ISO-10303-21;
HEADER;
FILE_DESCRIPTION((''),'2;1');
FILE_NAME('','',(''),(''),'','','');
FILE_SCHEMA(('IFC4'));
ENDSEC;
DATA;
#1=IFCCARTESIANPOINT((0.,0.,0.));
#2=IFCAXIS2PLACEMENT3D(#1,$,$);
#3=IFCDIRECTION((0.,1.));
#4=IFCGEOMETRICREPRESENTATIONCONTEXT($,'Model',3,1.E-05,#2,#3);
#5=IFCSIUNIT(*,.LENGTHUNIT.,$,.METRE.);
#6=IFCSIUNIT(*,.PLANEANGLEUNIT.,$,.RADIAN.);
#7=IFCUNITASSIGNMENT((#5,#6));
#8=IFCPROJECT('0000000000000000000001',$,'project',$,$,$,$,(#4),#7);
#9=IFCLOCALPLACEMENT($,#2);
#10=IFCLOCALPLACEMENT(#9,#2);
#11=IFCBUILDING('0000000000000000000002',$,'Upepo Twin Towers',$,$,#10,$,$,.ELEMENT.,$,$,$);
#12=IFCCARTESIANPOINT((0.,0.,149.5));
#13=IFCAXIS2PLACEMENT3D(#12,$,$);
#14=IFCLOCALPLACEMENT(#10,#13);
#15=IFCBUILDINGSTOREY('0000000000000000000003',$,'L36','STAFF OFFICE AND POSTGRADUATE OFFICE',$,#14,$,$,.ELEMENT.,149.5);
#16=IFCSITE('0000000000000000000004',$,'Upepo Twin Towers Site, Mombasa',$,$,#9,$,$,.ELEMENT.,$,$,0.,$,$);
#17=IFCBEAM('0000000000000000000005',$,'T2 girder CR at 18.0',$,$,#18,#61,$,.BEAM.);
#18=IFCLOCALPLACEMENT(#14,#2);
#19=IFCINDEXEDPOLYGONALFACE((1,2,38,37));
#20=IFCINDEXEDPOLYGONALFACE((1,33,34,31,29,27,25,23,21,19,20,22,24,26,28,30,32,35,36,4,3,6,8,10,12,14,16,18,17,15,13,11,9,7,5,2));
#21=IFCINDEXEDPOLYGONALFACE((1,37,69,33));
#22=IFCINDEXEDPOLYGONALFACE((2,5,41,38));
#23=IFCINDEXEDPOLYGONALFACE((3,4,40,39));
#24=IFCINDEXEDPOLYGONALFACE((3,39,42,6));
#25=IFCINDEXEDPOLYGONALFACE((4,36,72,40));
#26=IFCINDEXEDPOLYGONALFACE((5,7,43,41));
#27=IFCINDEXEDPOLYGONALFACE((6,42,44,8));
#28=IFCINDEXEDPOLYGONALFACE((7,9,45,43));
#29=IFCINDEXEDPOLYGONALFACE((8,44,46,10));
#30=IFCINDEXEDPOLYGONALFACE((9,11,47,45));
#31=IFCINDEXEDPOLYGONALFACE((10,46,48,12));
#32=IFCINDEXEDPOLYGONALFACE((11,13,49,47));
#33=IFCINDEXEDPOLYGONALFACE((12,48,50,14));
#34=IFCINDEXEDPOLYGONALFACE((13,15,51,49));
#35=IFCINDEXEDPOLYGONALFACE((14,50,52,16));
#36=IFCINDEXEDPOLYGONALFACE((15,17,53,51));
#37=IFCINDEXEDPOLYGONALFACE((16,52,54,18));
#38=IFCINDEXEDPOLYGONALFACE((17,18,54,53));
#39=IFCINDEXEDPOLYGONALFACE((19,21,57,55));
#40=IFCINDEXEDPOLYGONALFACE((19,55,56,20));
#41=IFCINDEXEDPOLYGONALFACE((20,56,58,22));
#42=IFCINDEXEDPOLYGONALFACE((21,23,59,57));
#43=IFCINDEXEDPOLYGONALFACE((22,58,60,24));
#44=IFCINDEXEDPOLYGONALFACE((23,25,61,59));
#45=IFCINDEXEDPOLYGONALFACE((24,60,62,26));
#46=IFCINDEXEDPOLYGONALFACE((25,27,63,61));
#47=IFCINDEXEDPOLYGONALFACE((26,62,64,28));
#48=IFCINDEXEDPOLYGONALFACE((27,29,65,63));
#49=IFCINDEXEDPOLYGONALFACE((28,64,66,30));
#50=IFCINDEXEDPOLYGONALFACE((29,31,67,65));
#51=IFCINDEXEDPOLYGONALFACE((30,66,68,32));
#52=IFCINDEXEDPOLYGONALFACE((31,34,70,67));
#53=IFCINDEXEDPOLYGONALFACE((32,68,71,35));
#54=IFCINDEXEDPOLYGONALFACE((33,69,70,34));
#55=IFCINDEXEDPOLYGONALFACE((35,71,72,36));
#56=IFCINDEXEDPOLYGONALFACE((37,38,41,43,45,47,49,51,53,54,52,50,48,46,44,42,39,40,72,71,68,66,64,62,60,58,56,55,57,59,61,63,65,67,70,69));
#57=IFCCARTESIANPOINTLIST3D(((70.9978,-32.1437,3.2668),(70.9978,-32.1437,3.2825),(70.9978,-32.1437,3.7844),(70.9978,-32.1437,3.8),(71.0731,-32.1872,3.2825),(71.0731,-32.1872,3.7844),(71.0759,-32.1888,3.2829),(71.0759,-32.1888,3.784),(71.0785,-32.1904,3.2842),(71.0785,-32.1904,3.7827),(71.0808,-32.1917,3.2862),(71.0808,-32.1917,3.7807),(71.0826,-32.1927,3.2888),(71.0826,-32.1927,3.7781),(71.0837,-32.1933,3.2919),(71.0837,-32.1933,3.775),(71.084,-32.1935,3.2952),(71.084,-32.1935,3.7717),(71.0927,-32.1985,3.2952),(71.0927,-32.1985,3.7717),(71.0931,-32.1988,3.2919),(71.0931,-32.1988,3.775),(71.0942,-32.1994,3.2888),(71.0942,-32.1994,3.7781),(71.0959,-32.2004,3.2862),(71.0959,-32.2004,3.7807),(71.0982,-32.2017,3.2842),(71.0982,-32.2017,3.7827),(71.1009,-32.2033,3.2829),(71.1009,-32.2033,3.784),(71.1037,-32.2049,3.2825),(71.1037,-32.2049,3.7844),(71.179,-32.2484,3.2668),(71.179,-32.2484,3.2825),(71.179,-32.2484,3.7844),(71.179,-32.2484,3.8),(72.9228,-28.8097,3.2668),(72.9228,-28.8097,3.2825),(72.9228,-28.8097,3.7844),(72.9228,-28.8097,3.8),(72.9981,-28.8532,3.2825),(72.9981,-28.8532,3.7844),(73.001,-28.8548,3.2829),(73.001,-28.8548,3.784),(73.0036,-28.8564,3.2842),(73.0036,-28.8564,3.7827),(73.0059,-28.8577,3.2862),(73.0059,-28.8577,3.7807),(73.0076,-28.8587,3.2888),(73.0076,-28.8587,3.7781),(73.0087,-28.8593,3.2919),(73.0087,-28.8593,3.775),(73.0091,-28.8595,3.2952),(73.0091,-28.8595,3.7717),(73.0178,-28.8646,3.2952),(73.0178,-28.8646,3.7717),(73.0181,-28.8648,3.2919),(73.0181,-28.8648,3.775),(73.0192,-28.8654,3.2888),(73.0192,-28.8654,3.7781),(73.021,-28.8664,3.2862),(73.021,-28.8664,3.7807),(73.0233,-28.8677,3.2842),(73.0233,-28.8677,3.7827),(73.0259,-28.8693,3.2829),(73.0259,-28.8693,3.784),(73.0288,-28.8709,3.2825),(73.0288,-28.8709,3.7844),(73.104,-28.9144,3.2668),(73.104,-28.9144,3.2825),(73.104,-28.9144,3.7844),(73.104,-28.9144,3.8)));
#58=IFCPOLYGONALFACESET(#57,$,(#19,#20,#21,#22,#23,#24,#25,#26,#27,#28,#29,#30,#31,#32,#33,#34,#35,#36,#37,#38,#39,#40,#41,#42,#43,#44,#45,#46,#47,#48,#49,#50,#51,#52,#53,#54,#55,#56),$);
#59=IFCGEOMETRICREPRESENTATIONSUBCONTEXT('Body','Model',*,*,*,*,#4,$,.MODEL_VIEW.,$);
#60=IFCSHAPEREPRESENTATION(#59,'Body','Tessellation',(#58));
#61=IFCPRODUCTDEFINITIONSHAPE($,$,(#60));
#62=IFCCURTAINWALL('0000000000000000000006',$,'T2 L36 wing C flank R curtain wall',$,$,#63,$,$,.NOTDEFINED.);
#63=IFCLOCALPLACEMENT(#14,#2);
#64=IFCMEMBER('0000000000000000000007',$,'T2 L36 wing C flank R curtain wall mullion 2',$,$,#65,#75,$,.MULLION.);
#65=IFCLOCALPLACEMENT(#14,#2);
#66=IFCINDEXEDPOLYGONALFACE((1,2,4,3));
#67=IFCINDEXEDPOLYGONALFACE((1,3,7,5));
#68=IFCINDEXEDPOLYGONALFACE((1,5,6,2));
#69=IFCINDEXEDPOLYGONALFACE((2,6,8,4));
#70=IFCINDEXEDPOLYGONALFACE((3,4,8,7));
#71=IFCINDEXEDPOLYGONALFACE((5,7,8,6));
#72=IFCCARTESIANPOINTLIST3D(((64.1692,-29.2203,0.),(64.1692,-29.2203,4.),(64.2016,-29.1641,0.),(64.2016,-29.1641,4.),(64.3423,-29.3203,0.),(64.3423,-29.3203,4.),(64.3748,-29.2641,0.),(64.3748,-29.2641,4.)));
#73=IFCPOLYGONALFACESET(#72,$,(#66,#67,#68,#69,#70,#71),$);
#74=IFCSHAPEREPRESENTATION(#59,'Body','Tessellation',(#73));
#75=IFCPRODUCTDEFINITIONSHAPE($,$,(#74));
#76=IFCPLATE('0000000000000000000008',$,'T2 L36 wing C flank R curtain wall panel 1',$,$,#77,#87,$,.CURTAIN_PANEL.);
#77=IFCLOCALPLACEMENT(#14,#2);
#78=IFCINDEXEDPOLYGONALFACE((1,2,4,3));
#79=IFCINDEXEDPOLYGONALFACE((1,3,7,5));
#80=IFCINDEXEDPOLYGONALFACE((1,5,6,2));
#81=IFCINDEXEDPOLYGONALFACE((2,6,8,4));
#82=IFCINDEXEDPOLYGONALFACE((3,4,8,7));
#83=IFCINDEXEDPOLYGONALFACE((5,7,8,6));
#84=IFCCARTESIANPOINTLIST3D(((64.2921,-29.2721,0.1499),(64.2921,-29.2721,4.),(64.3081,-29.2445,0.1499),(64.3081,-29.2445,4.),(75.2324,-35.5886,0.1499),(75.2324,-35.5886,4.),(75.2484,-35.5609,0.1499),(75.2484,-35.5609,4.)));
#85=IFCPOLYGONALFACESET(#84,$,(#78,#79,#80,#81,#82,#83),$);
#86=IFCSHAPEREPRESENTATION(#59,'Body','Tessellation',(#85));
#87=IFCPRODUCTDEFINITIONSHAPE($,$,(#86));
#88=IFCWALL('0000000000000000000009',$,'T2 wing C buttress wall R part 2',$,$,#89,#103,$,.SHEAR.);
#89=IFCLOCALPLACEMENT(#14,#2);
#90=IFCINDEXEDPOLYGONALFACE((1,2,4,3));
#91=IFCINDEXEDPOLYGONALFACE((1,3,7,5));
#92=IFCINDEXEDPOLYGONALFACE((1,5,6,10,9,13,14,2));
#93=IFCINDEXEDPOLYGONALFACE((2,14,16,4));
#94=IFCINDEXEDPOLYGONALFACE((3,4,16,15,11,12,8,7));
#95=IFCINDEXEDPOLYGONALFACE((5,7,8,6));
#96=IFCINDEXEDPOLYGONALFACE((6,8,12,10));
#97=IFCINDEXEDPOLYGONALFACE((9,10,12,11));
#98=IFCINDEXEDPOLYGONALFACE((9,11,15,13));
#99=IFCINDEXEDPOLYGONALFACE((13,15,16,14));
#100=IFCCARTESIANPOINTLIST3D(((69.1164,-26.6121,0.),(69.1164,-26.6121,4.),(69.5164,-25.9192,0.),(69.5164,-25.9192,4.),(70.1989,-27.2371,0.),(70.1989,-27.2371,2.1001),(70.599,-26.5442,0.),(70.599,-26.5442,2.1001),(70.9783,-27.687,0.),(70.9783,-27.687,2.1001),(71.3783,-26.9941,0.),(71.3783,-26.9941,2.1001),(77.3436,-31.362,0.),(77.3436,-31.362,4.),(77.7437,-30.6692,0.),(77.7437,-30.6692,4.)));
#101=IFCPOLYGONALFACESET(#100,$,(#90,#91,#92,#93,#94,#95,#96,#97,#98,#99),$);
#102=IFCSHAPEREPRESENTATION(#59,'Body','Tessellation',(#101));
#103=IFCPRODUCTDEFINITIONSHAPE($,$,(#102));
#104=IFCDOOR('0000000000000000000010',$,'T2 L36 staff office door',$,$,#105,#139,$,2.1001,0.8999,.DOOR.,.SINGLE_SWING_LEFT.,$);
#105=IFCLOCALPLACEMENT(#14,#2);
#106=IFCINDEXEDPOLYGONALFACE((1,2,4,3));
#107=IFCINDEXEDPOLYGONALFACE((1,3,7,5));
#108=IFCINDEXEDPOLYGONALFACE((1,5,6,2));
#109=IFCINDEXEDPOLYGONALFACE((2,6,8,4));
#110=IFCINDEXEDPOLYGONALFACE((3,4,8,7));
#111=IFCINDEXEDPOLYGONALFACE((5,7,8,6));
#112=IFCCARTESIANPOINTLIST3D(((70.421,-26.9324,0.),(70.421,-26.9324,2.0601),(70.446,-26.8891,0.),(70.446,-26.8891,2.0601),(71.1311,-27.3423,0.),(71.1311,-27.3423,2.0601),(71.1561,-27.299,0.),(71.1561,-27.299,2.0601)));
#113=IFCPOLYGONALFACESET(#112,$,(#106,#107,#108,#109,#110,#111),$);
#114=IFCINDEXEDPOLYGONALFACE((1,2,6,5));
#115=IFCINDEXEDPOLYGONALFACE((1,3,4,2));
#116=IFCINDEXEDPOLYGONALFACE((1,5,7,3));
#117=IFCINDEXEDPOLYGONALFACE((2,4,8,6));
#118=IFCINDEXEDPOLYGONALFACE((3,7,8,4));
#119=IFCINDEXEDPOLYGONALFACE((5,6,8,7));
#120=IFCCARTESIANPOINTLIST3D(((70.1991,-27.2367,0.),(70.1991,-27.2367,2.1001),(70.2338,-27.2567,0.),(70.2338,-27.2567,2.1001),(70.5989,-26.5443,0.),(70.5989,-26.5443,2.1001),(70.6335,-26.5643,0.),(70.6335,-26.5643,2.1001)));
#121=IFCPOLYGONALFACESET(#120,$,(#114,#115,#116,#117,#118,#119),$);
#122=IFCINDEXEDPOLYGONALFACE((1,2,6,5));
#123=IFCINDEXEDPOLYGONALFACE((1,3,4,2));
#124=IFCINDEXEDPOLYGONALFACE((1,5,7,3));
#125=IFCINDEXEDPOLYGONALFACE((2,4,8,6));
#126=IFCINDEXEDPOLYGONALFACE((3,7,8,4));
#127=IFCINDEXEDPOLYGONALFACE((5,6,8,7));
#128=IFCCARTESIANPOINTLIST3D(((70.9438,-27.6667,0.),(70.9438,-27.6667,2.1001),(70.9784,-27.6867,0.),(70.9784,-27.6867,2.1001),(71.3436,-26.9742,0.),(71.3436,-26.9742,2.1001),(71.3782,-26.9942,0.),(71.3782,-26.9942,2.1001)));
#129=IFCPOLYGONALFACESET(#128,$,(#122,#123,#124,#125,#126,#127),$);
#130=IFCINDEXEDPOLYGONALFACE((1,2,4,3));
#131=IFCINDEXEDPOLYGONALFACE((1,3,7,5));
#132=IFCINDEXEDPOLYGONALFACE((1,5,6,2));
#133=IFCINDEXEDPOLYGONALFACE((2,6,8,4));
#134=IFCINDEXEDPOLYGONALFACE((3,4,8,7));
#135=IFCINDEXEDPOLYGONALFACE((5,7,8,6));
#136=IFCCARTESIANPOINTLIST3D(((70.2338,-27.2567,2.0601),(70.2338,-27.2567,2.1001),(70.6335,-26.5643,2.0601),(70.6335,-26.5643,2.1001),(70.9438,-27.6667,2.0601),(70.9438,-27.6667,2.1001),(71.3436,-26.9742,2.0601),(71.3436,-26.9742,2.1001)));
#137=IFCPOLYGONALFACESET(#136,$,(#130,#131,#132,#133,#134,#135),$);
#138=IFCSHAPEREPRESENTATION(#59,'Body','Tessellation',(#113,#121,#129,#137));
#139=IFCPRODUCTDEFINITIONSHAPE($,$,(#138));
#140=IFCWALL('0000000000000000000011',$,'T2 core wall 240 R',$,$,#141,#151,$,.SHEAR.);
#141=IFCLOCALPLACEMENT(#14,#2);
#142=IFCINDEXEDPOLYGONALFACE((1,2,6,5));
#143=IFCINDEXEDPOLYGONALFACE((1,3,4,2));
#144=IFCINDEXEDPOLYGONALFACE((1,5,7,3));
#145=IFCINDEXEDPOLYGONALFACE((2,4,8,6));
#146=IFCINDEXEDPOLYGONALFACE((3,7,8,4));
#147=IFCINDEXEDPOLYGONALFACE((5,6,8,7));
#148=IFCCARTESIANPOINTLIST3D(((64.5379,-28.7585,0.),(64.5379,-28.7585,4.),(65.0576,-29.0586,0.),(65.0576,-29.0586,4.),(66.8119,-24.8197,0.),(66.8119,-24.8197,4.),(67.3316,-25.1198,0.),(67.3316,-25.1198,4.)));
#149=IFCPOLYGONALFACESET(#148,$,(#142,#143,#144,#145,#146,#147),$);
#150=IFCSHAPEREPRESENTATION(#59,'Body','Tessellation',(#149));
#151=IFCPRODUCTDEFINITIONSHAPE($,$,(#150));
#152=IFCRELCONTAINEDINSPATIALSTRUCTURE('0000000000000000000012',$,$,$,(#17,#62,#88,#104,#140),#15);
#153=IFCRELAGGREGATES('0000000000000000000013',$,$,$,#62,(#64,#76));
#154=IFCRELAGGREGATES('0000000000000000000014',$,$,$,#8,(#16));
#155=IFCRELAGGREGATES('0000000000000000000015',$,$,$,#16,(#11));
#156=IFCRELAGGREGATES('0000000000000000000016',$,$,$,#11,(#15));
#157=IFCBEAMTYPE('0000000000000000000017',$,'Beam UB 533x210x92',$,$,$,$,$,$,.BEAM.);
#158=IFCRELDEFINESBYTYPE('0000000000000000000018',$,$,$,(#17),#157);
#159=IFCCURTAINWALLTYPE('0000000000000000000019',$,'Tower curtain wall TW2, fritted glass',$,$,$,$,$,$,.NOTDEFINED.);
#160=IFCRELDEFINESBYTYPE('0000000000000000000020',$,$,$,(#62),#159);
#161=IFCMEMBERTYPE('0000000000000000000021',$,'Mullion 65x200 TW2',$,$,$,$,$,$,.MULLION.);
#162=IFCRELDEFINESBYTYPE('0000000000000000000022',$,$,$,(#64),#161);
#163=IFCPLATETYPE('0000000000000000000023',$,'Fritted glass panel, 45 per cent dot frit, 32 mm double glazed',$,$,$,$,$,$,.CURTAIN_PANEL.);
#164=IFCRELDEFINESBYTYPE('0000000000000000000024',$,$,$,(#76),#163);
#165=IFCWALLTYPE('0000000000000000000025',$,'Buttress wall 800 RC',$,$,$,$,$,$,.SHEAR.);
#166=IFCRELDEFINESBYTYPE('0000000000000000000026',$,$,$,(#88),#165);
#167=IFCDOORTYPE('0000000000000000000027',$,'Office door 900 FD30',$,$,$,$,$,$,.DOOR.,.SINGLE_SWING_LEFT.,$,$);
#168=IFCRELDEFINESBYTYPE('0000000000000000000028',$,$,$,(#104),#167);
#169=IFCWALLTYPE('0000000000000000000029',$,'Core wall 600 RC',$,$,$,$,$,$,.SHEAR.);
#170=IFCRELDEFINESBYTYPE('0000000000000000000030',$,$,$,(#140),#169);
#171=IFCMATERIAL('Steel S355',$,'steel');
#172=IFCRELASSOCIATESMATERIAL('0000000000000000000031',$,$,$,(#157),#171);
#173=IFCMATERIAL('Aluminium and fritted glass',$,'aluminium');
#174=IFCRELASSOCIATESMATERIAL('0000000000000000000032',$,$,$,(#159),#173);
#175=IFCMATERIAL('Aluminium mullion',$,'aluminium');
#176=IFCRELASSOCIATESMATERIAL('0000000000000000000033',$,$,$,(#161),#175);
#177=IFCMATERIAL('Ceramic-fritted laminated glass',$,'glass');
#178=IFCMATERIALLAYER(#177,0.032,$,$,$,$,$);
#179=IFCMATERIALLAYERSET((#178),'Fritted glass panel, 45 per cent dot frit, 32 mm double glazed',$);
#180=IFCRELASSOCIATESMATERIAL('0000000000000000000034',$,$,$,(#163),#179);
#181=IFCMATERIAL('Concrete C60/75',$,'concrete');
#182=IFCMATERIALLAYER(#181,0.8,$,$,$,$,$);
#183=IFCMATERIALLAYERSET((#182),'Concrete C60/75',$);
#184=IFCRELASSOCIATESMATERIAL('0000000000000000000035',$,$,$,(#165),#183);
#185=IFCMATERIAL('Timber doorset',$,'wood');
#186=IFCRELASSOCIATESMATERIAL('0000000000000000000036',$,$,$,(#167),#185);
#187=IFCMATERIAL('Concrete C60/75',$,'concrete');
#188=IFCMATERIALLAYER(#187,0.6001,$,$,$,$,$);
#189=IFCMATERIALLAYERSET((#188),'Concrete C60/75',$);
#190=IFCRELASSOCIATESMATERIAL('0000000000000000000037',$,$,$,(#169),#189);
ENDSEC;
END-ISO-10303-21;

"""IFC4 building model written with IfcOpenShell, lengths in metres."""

from ifc_helpers import new_model, si_unit, direction, frame, frame_2d, origin, origin_2d, place, context, subcontext, project, spatial, rectangle, i_section, extrude, material, layer, layer_set, material_profile, profile_set, type_object, element, fill, aggregate, save


model = new_model("IFC4")

# Units and contexts
model_context = context("Model", 3, precision=1e-05, world=origin(), true_north=direction((0.0, 1.0)))
body_context = subcontext(model_context, "Body", "Model", "MODEL_VIEW")
ifc_project = project(units=[si_unit("LENGTHUNIT", "METRE"), si_unit("PLANEANGLEUNIT", "RADIAN")], contexts=[model_context])

# Site, building, storey
site_placement = place(None, origin())
site = spatial("IfcSite", under=ifc_project, at=site_placement, Name="Upepo Twin Towers Site, Mombasa", CompositionType="ELEMENT", RefElevation=0.0)
building_placement = place(site_placement, origin())
building = spatial("IfcBuilding", under=site, at=building_placement, Name="Upepo Twin Towers", CompositionType="ELEMENT")
storey_placement = place(building_placement, frame((0.0, 0.0, 149.5)))
storey = spatial("IfcBuildingStorey", under=building, at=storey_placement, Name="L36", Description="STAFF OFFICE AND POSTGRADUATE OFFICE", CompositionType="ELEMENT", Elevation=149.5)

# Beam
ifc_material_1 = material(Name="Steel S355", Category="steel")
ifc_material_profile_1 = material_profile(ifc_material_1, i_section(OverallWidth=0.2092, OverallDepth=0.5332, WebThickness=0.01, FlangeThickness=0.0156, FilletRadius=0.0127, at=origin_2d()), Name="UB 533x210x92")
ifc_profile_set_1 = profile_set([ifc_material_profile_1], Name="Steel S355")
beam_type_1 = type_object("IfcBeamType", Name="Beam UB 533x210x92", PredefinedType="BEAM", material=ifc_profile_set_1)
for number, where, z_axis, x_axis, name in (
    (1, (71.0884, -32.196, 3.5334), (0.500034, 0.866006, 0.0), (-0.866006, 0.500034, 0.0), "T2 girder CR at 18.0"),
):
    element("IfcBeam", number, at=place(storey_placement, frame(where, z_axis=z_axis, x_axis=x_axis)), inside=storey, type_object=beam_type_1, Name=name, PredefinedType="BEAM", context=body_context, shape_type="SweptSolid", body=[
        extrude(i_section(OverallWidth=0.2092, OverallDepth=0.5332, WebThickness=0.01, FlangeThickness=0.0156, FilletRadius=0.0127, at=origin_2d()), origin(), (0.0, 0.0, 1.0), 3.8499),
    ])

# Curtain wall, member, plate
ifc_material_2 = material(Name="Aluminium and fritted glass", Category="aluminium")
curtain_wall_type = type_object("IfcCurtainWallType", Name="Tower curtain wall TW2, fritted glass", PredefinedType="NOTDEFINED", material=ifc_material_2)
curtain_wall_placement = place(storey_placement, origin())
curtain_wall = element("IfcCurtainWall", 2, at=curtain_wall_placement, inside=storey, type_object=curtain_wall_type, Name="T2 L36 wing C flank R curtain wall", PredefinedType="NOTDEFINED")
ifc_material_3 = material(Name="Aluminium mullion", Category="aluminium")
ifc_material_profile_2 = material_profile(ifc_material_3, rectangle(XDim=0.0649, YDim=0.2, at=origin_2d()), Name="MULLION 65x200")
ifc_profile_set_2 = profile_set([ifc_material_profile_2], Name="Aluminium mullion")
member_type = type_object("IfcMemberType", Name="Mullion 65x200 TW2", PredefinedType="MULLION", material=ifc_profile_set_2)
member_placement = place(storey_placement, frame((64.272, -29.2422, 0.0), z_axis=(0.0, 0.0, 1.0), x_axis=(-0.5, -0.866025, 0.0)))
member = element("IfcMember", 3, at=member_placement, type_object=member_type, Name="T2 L36 wing C flank R curtain wall mullion 2", PredefinedType="MULLION", context=body_context, shape_type="SweptSolid", body=[
    extrude(rectangle(XDim=0.0649, YDim=0.2, at=origin_2d()), origin(), (0.0, 0.0, 1.0), 4.0),
])
ifc_material_4 = material(Name="Ceramic-fritted laminated glass", Category="glass")
ifc_layer_1 = layer(ifc_material_4, 0.032)
ifc_layer_set_1 = layer_set([ifc_layer_1], Name="Fritted glass panel, 45 per cent dot frit, 32 mm double glazed")
plate_type = type_object("IfcPlateType", Name="Fritted glass panel, 45 per cent dot frit, 32 mm double glazed", PredefinedType="CURTAIN_PANEL", material=ifc_layer_set_1)
plate_placement = place(storey_placement, frame((69.7703, -32.4165, 0.1499), z_axis=(0.0, 0.0, 1.0), x_axis=(-0.866025, 0.5, 0.0)))
plate = element("IfcPlate", 4, at=plate_placement, type_object=plate_type, Name="T2 L36 wing C flank R curtain wall panel 1", PredefinedType="CURTAIN_PANEL", context=body_context, shape_type="SweptSolid", body=[
    extrude(rectangle(XDim=12.6328, YDim=0.032, at=origin_2d()), origin(), (0.0, 0.0, 1.0), 3.8501),
])
aggregate(curtain_wall, [member, plate])

# Wall, opening, door
ifc_material_5 = material(Name="Concrete C60/75", Category="concrete")
ifc_layer_2 = layer(ifc_material_5, 0.8)
ifc_layer_set_2 = layer_set([ifc_layer_2], Name="Concrete C60/75")
wall_type_1 = type_object("IfcWallType", Name="Buttress wall 800 RC", PredefinedType="SHEAR", material=ifc_layer_set_2)
wall_1_placement = place(storey_placement, frame((69.3164, -26.2656, 0.0), z_axis=(0.0, 0.0, 1.0), x_axis=(0.866027, -0.499998, 0.0)))
wall_1 = element("IfcWall", 5, at=wall_1_placement, inside=storey, type_object=wall_type_1, Name="T2 wing C buttress wall R part 2", PredefinedType="SHEAR", context=body_context, shape_type="SweptSolid", body=[
    extrude(rectangle(XDim=9.5, YDim=0.8, at=frame_2d((4.75, 0.0))), origin(), (0.0, 0.0, 1.0), 4.0),
])
opening_1_placement = place(wall_1_placement, frame((1.25, 0.0, 0.0)))
opening_1 = element("IfcOpeningElement", 6, at=opening_1_placement, cuts=wall_1, PredefinedType="OPENING", context=body_context, shape_type="SweptSolid", body=[
    extrude(rectangle(XDim=0.8999, YDim=2.1001, at=frame_2d((0.45, 1.05))), frame((0.0, 0.4099, 0.0), z_axis=(0.0, -1.0, 0.0), x_axis=(1.0, 0.0, 0.0)), (0.0, 0.0, 1.0), 0.8201),
])
ifc_material_6 = material(Name="Timber doorset", Category="wood")
door_type_1 = type_object("IfcDoorType", Name="Office door 900 FD30", OperationType="SINGLE_SWING_LEFT", PredefinedType="DOOR", material=ifc_material_6)
door_1_placement = place(opening_1_placement, origin())
door_1 = element("IfcDoor", 7, at=door_1_placement, inside=storey, type_object=door_type_1, Name="T2 L36 staff office door", OperationType="SINGLE_SWING_LEFT", OverallHeight=2.1001, OverallWidth=0.8999, PredefinedType="DOOR", context=body_context, shape_type="SweptSolid", body=[
    extrude(rectangle(XDim=0.8199, YDim=2.0601, at=frame_2d((0.45, 1.03))), frame((0.0, 0.0249, 0.0), z_axis=(0.0, -1.0, 0.0), x_axis=(1.0, 0.0, 0.0)), (0.0, 0.0, 1.0), 0.05),
    extrude(rectangle(XDim=0.04, YDim=2.1001, at=frame_2d((0.02, 1.05))), frame((0.0, 0.3999, 0.0), z_axis=(0.0, -1.0, 0.0), x_axis=(1.0, 0.0, 0.0)), (0.0, 0.0, 1.0), 0.7996),
    extrude(rectangle(XDim=0.04, YDim=2.1001, at=frame_2d((0.8799, 1.05))), frame((0.0, 0.3999, 0.0), z_axis=(0.0, -1.0, 0.0), x_axis=(1.0, 0.0, 0.0)), (0.0, 0.0, 1.0), 0.7996),
    extrude(rectangle(XDim=0.8199, YDim=0.04, at=frame_2d((0.45, 2.0801))), frame((0.0, 0.3999, 0.0), z_axis=(0.0, -1.0, 0.0), x_axis=(1.0, 0.0, 0.0)), (0.0, 0.0, 1.0), 0.7996),
])
fill(opening_1, door_1)

# Wall
ifc_material_7 = material(Name="Concrete C60/75", Category="concrete")
ifc_layer_3 = layer(ifc_material_7, 0.6001)
ifc_layer_set_3 = layer_set([ifc_layer_3], Name="Concrete C60/75")
wall_type_2 = type_object("IfcWallType", Name="Core wall 600 RC", PredefinedType="SHEAR", material=ifc_layer_set_3)
wall_2_placement = place(storey_placement, frame((64.7979, -28.9084, 0.0), z_axis=(0.0, 0.0, 1.0), x_axis=(0.499984, 0.866035, 0.0)))
element("IfcWall", 8, at=wall_2_placement, inside=storey, type_object=wall_type_2, Name="T2 core wall 240 R", PredefinedType="SHEAR", context=body_context, shape_type="SweptSolid", body=[
    extrude(rectangle(XDim=4.5481, YDim=0.6001, at=frame_2d((2.2739, 0.0))), origin(), (0.0, 0.0, 1.0), 4.0),
])

save(model, "model.ifc")
